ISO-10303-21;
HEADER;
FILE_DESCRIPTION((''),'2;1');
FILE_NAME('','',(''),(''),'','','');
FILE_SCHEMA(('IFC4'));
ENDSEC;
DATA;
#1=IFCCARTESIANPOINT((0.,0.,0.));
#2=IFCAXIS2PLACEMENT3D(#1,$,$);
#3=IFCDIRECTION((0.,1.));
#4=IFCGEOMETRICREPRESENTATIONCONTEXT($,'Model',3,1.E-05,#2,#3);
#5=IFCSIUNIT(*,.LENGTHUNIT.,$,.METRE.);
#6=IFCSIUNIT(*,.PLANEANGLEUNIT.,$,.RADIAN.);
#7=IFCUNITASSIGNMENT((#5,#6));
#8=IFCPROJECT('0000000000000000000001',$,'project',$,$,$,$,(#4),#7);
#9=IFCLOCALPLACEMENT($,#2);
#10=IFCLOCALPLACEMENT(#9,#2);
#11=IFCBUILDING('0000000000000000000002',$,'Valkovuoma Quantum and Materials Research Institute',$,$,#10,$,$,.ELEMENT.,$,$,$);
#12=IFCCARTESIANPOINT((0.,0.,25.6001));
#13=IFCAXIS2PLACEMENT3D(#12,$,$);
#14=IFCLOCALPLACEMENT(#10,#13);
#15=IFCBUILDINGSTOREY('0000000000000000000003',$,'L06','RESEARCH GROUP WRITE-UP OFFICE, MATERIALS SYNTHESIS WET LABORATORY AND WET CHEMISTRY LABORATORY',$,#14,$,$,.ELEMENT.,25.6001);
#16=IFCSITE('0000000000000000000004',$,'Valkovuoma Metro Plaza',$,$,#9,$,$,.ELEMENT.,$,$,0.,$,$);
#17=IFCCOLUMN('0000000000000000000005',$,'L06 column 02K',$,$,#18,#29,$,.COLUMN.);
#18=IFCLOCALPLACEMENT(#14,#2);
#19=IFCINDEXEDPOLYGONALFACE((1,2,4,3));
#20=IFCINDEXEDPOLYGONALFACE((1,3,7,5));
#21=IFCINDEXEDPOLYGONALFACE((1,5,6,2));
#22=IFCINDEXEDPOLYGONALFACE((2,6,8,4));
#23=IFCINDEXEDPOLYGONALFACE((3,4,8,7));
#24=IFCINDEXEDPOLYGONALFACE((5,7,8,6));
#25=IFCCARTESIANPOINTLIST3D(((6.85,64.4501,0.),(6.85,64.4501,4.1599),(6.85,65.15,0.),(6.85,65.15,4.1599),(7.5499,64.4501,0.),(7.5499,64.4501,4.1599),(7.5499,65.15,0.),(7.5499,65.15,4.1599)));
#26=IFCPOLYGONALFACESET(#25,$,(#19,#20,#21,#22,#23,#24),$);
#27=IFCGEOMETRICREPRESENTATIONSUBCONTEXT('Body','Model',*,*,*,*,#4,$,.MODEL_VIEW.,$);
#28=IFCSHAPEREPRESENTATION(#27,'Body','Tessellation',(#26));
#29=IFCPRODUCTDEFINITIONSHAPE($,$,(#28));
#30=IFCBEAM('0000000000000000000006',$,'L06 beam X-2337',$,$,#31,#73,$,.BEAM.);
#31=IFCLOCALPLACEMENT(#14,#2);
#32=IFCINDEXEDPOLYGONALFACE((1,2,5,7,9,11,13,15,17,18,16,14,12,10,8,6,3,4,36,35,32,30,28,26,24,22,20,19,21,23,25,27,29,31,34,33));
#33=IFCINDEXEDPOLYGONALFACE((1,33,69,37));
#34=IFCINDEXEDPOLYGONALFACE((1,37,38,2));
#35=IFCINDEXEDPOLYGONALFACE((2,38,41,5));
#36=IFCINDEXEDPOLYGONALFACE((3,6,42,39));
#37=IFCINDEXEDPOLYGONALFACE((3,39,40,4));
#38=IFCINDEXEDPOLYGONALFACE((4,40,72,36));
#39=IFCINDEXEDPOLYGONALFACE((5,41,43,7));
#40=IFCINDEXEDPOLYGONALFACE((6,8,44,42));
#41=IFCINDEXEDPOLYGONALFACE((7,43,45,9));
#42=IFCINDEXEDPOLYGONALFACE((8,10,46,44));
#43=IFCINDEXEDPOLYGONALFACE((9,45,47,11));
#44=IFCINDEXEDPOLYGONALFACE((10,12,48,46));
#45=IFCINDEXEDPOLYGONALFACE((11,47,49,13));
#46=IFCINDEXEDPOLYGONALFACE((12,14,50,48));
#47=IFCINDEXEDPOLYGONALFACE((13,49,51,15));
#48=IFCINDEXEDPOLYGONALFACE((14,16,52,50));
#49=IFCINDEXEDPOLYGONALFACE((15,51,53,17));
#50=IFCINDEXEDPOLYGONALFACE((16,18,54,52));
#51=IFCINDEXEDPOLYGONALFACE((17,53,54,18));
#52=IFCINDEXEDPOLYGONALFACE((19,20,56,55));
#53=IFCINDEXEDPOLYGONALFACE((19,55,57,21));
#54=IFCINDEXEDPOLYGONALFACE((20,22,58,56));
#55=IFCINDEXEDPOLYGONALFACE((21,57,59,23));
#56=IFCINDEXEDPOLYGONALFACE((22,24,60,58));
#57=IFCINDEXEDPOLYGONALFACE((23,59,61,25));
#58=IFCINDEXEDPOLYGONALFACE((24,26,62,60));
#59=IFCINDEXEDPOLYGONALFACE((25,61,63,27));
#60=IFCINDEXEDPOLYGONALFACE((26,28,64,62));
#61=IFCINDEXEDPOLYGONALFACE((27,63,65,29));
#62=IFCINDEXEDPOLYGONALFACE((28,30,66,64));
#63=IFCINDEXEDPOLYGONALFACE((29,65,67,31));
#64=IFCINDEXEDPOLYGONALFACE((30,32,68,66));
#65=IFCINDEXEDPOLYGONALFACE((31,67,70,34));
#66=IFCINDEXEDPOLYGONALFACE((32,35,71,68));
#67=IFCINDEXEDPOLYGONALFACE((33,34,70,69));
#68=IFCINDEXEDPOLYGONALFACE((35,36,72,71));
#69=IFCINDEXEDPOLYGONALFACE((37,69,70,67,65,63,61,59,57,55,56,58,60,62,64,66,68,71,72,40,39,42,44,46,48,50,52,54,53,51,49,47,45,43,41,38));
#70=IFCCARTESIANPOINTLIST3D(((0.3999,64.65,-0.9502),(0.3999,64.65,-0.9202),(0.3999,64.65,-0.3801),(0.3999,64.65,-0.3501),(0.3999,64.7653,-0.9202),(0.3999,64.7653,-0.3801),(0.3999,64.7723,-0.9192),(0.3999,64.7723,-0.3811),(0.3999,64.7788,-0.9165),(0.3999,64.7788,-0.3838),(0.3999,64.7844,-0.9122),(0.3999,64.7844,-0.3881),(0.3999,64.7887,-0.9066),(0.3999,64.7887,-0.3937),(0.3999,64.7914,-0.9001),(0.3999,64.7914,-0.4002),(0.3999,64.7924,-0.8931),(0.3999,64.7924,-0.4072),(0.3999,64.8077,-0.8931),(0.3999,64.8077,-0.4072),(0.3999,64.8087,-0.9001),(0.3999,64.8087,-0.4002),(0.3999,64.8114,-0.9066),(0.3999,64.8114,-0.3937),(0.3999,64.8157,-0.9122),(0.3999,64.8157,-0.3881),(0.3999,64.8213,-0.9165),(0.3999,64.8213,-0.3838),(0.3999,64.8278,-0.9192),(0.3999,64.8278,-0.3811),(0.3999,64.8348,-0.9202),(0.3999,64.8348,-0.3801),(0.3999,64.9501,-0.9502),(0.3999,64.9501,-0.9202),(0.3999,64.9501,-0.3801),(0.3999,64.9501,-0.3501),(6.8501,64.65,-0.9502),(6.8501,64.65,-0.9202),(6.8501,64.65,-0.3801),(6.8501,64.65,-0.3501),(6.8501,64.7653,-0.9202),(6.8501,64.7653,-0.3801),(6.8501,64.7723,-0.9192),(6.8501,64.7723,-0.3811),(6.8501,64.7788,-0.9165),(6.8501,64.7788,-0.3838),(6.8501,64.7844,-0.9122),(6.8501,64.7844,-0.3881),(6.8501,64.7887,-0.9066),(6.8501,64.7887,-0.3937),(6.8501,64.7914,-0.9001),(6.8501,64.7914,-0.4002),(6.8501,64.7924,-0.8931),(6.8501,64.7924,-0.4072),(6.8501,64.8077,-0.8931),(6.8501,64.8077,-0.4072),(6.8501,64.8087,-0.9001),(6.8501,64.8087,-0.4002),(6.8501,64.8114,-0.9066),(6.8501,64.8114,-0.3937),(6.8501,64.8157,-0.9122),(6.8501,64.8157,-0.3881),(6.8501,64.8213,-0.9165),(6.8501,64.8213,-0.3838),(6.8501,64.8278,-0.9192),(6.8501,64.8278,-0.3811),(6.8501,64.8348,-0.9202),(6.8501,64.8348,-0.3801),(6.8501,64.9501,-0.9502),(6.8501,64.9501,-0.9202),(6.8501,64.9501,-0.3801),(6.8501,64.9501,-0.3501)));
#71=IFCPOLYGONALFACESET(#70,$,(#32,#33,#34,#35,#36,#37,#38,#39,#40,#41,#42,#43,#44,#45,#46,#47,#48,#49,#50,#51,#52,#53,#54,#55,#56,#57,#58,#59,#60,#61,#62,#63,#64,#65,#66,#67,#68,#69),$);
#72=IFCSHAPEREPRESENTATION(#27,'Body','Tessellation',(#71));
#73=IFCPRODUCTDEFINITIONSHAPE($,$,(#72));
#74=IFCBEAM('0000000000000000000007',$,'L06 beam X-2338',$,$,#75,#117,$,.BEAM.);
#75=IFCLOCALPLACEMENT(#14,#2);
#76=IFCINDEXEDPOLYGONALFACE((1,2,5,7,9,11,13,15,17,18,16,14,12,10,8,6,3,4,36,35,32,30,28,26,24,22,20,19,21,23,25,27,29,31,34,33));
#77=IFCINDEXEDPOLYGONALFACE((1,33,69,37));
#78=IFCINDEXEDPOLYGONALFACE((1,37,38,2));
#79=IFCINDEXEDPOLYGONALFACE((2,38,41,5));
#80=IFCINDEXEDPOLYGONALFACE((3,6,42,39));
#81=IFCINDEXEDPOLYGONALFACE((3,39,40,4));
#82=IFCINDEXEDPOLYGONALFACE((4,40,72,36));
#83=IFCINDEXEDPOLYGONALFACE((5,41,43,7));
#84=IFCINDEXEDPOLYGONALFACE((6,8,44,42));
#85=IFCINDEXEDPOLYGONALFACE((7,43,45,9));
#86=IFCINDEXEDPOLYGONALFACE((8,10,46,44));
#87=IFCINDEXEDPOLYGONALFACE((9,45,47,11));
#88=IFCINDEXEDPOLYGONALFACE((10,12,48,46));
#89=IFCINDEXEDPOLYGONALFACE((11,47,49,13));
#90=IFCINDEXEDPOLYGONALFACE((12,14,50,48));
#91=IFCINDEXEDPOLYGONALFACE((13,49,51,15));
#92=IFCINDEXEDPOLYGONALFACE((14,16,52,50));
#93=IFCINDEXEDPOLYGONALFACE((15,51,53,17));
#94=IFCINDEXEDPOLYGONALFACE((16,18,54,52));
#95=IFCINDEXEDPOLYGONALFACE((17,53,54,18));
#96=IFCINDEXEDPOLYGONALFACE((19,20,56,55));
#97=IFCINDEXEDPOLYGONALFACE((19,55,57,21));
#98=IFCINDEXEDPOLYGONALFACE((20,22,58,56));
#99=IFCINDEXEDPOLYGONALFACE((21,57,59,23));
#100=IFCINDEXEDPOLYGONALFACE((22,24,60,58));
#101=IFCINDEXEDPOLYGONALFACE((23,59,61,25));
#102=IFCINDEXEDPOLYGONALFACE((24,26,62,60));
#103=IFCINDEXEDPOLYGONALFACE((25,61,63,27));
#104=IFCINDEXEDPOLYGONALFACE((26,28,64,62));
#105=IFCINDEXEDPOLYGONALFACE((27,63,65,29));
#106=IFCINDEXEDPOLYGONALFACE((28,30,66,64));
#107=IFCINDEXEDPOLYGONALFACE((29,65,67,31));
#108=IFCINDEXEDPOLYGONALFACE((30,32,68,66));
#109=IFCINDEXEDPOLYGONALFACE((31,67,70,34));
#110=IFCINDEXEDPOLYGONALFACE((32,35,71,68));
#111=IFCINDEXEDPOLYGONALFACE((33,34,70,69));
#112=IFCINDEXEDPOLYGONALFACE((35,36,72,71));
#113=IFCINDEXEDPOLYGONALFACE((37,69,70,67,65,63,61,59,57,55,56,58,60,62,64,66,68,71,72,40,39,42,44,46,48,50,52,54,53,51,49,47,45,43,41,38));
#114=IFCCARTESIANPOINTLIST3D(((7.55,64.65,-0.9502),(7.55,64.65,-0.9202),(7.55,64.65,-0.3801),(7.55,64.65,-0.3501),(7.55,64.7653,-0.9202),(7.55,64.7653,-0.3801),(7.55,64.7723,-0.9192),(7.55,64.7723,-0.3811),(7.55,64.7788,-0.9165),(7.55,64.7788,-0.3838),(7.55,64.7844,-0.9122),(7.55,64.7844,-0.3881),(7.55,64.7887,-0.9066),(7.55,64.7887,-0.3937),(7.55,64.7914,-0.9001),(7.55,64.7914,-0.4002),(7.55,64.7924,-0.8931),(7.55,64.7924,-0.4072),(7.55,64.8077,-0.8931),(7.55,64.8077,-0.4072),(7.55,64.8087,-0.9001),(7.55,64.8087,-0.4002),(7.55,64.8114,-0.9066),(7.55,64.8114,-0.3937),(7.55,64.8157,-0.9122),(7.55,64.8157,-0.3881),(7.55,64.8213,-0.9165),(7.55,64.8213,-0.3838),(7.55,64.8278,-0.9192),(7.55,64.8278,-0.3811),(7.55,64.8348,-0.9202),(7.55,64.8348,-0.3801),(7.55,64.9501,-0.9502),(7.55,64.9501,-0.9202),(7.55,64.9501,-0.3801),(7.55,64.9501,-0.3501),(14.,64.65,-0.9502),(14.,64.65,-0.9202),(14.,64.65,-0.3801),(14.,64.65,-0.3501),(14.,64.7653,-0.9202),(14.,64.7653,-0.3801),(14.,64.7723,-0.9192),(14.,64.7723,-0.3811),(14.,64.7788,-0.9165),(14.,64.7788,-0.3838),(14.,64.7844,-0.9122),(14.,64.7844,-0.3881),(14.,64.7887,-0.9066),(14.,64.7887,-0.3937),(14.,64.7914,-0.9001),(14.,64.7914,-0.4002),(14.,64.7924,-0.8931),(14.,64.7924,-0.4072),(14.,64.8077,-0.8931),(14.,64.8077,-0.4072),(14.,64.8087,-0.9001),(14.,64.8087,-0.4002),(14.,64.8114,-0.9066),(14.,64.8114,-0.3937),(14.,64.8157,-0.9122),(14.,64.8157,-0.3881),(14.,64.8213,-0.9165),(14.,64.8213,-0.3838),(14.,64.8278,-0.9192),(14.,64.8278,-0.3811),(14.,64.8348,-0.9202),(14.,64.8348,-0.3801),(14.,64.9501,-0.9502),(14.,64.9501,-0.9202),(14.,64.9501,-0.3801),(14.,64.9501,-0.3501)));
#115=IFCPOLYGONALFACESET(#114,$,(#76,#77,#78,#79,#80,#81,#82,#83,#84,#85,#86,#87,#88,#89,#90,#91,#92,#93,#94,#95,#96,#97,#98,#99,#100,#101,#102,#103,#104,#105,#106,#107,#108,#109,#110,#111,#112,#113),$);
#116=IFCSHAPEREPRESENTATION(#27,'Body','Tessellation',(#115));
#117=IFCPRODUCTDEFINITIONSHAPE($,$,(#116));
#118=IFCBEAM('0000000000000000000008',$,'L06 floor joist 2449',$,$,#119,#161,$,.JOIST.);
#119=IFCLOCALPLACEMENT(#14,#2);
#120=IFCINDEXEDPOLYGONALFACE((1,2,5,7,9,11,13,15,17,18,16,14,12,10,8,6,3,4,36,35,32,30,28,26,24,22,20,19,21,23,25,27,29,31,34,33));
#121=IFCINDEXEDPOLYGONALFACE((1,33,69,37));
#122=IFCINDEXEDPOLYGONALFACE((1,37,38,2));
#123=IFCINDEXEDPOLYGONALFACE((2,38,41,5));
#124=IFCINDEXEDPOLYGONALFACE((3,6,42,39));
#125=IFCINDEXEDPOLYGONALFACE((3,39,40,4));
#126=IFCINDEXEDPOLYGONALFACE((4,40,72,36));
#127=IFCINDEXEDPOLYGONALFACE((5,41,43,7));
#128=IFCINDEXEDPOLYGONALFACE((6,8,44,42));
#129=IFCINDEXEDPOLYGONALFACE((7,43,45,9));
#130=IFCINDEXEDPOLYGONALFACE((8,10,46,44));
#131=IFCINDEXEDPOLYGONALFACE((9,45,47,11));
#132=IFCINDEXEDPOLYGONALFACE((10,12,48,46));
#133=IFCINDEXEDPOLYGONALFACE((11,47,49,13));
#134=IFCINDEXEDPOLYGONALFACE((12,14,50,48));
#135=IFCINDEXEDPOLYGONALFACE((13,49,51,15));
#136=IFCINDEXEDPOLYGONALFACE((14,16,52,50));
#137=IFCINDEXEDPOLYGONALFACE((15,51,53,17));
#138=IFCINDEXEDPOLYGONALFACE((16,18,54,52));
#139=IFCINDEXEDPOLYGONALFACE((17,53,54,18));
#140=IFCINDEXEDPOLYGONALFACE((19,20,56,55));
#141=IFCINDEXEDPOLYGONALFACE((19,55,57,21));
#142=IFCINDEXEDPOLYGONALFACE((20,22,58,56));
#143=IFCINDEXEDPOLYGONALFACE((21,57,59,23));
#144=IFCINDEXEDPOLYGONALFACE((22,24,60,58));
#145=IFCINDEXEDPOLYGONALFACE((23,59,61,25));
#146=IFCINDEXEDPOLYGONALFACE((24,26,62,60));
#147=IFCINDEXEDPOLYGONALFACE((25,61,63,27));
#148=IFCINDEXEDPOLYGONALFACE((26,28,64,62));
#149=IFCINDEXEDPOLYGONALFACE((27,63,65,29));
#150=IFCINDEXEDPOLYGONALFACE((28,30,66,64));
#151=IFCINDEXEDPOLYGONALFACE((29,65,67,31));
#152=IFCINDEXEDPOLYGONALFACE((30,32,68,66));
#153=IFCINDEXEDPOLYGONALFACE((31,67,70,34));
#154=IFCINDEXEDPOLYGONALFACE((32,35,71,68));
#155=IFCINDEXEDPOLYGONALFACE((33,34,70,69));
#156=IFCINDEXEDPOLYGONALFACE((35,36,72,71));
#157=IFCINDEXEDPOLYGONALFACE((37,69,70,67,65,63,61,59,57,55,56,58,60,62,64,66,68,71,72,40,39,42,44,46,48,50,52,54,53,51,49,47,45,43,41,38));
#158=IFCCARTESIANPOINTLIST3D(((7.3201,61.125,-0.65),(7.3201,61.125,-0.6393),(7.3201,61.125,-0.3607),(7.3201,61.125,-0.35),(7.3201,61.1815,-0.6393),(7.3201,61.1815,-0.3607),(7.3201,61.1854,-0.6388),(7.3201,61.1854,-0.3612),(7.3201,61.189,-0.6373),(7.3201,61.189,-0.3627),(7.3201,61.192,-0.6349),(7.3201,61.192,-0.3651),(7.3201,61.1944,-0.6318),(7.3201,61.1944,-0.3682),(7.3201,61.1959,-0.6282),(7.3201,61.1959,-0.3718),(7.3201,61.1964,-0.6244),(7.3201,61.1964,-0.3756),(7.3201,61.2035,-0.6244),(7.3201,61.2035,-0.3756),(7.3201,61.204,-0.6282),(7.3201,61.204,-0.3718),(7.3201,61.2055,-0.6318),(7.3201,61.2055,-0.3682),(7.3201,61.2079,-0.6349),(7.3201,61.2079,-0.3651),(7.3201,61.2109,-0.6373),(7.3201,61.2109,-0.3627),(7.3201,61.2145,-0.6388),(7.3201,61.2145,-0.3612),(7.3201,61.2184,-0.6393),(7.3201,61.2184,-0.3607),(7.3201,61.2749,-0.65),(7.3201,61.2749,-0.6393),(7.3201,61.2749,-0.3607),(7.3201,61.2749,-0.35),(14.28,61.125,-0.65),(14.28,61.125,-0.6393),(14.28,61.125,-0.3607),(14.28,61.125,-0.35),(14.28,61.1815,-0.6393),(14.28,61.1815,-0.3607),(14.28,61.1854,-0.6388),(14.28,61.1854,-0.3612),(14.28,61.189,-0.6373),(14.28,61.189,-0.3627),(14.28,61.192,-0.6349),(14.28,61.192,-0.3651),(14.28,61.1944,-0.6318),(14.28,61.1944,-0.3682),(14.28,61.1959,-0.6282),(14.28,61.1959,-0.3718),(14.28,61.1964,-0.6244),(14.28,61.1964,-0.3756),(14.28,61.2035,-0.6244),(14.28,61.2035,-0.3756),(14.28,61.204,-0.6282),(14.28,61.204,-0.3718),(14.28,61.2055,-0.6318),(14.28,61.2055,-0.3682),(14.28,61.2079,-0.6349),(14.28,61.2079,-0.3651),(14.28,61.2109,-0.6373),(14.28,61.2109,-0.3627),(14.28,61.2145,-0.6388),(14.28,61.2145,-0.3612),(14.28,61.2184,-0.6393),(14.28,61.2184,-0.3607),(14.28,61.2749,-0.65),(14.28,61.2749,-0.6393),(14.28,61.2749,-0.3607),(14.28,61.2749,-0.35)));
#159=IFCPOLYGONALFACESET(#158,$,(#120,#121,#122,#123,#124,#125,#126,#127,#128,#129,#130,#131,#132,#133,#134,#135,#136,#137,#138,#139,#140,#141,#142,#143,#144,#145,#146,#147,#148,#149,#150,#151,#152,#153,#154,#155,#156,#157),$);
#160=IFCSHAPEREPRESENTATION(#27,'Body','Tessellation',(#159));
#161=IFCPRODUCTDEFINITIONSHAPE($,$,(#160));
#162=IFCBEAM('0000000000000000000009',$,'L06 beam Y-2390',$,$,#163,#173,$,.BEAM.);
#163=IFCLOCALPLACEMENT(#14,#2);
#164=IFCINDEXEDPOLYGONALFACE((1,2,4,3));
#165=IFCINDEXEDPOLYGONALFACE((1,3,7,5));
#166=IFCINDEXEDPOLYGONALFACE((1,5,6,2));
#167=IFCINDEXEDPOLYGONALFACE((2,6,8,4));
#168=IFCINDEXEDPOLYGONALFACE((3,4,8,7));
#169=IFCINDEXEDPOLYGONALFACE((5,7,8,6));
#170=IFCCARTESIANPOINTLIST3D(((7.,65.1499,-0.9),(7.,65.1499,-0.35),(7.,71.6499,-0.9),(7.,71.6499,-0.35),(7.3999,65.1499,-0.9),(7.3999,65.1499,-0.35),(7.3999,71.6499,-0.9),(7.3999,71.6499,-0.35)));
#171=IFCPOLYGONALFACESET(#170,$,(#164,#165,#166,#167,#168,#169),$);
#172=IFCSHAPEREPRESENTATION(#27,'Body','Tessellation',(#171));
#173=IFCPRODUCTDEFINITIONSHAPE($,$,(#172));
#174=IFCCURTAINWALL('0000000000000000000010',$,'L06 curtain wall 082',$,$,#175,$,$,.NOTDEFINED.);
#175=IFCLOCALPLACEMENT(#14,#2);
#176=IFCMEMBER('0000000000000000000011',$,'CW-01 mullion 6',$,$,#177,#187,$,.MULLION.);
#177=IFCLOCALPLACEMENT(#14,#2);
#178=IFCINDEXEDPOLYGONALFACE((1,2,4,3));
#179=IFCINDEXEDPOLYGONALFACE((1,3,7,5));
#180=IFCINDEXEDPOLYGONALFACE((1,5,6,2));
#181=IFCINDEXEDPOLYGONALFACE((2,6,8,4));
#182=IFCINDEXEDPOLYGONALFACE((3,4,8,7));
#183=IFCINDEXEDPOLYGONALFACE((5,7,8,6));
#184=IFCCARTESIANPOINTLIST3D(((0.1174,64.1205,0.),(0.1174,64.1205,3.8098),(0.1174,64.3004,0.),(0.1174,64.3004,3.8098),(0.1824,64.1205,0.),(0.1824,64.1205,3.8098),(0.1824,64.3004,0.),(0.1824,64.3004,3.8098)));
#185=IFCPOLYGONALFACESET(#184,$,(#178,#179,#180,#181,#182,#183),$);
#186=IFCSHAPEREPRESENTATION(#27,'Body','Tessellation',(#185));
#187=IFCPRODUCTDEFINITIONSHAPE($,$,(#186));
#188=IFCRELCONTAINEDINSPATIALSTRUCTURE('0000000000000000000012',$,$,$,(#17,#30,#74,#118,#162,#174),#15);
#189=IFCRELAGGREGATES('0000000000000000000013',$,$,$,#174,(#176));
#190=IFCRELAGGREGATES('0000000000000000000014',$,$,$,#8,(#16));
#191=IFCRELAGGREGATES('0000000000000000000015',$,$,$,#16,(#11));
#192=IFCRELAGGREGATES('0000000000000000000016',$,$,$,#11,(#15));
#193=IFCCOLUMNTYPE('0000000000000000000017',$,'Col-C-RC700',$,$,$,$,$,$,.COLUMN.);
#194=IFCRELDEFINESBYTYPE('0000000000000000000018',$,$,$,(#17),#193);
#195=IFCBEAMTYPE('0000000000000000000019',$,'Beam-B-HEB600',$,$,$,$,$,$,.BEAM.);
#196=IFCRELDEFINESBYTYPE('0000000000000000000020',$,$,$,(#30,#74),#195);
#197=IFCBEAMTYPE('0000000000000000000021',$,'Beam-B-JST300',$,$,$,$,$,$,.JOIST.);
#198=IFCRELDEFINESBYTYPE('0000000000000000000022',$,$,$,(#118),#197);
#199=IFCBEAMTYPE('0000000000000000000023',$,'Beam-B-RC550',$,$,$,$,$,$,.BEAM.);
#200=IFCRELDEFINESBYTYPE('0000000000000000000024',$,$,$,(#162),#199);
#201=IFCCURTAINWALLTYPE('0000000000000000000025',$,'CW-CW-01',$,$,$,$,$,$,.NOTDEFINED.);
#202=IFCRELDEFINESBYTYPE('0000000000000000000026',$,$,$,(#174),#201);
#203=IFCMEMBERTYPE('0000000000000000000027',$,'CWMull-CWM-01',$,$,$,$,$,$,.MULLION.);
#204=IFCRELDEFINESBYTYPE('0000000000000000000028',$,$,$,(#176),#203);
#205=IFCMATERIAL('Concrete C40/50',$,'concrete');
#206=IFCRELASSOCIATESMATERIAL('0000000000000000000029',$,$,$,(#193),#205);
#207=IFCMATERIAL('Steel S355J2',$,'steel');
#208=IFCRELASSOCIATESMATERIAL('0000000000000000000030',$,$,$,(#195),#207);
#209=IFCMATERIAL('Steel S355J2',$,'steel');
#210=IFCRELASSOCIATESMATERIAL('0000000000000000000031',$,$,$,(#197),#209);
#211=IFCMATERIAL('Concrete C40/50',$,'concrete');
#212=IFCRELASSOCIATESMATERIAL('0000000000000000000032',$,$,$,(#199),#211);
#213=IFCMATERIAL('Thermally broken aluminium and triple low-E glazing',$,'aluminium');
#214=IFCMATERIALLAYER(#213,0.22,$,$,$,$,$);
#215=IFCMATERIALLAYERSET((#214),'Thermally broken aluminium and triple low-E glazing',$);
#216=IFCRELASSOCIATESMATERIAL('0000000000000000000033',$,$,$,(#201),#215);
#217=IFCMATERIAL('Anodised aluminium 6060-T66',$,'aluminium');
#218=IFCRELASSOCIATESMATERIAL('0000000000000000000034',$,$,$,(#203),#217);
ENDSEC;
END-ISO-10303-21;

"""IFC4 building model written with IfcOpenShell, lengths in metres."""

from ifc_helpers import new_model, si_unit, direction, frame, origin, origin_2d, place, context, subcontext, project, spatial, rectangle, i_section, extrude, material, layer, layer_set, material_profile, profile_set, type_object, element, aggregate, save


model = new_model("IFC4")

# Units and contexts
model_context = context("Model", 3, precision=1e-05, world=origin(), true_north=direction((0.0, 1.0)))
body_context = subcontext(model_context, "Body", "Model", "MODEL_VIEW")
ifc_project = project(units=[si_unit("LENGTHUNIT", "METRE"), si_unit("PLANEANGLEUNIT", "RADIAN")], contexts=[model_context])

# Site, building, storey
site_placement = place(None, origin())
site = spatial("IfcSite", under=ifc_project, at=site_placement, Name="Valkovuoma Metro Plaza", CompositionType="ELEMENT", RefElevation=0.0)
building_placement = place(site_placement, origin())
building = spatial("IfcBuilding", under=site, at=building_placement, Name="Valkovuoma Quantum and Materials Research Institute", CompositionType="ELEMENT")
storey_placement = place(building_placement, frame((0.0, 0.0, 25.6001)))
storey = spatial("IfcBuildingStorey", under=building, at=storey_placement, Name="L06", Description="RESEARCH GROUP WRITE-UP OFFICE, MATERIALS SYNTHESIS WET LABORATORY AND WET CHEMISTRY LABORATORY", CompositionType="ELEMENT", Elevation=25.6001)

# Column
ifc_material_1 = material(Name="Concrete C40/50", Category="concrete")
ifc_material_profile_1 = material_profile(ifc_material_1, rectangle(XDim=0.7, YDim=0.7, at=origin_2d()), Name="Concrete C40/50")
ifc_profile_set_1 = profile_set([ifc_material_profile_1], Name="Concrete C40/50")
column_type = type_object("IfcColumnType", Name="Col-C-RC700", PredefinedType="COLUMN", material=ifc_profile_set_1)
column_placement = place(storey_placement, frame((7.2, 64.8, 0.0), z_axis=(0.0, 0.0, 1.0), x_axis=(1.0, 0.0, 0.0)))
element("IfcColumn", 1, at=column_placement, inside=storey, type_object=column_type, Name="L06 column 02K", PredefinedType="COLUMN", context=body_context, shape_type="SweptSolid", body=[
    extrude(rectangle(XDim=0.7, YDim=0.7, at=origin_2d()), origin(), (0.0, 0.0, 1.0), 4.1599),
])

# Beams
ifc_material_2 = material(Name="Steel S355J2", Category="steel")
ifc_material_profile_2 = material_profile(ifc_material_2, i_section(OverallWidth=0.3, OverallDepth=0.6001, WebThickness=0.0154, FlangeThickness=0.03, FilletRadius=0.0271, at=origin_2d()), Name="Steel S355J2")
ifc_profile_set_2 = profile_set([ifc_material_profile_2], Name="Steel S355J2")
beam_type_1 = type_object("IfcBeamType", Name="Beam-B-HEB600", PredefinedType="BEAM", material=ifc_profile_set_2)
beam_1_placement = place(storey_placement, frame((0.3999, 64.8, -0.6501), z_axis=(1.0, 0.0, 0.0), x_axis=(0.0, 1.0, 0.0)))
element("IfcBeam", 2, at=beam_1_placement, inside=storey, type_object=beam_type_1, Name="L06 beam X-2337", PredefinedType="BEAM", context=body_context, shape_type="SweptSolid", body=[
    extrude(i_section(OverallWidth=0.3, OverallDepth=0.6001, WebThickness=0.0154, FlangeThickness=0.03, FilletRadius=0.0271, at=origin_2d()), origin(), (0.0, 0.0, 1.0), 6.4502),
])
beam_2_placement = place(storey_placement, frame((7.55, 64.8, -0.6501), z_axis=(1.0, 0.0, 0.0), x_axis=(0.0, 1.0, 0.0)))
element("IfcBeam", 3, at=beam_2_placement, inside=storey, type_object=beam_type_1, Name="L06 beam X-2338", PredefinedType="BEAM", context=body_context, shape_type="SweptSolid", body=[
    extrude(i_section(OverallWidth=0.3, OverallDepth=0.6001, WebThickness=0.0154, FlangeThickness=0.03, FilletRadius=0.0271, at=origin_2d()), origin(), (0.0, 0.0, 1.0), 6.45),
])
ifc_material_3 = material(Name="Steel S355J2", Category="steel")
ifc_material_profile_3 = material_profile(ifc_material_3, i_section(OverallWidth=0.1499, OverallDepth=0.3, WebThickness=0.0071, FlangeThickness=0.0107, FilletRadius=0.0149, at=origin_2d()), Name="Steel S355J2")
ifc_profile_set_3 = profile_set([ifc_material_profile_3], Name="Steel S355J2")
beam_type_2 = type_object("IfcBeamType", Name="Beam-B-JST300", PredefinedType="JOIST", material=ifc_profile_set_3)
beam_3_placement = place(storey_placement, frame((7.3201, 61.2, -0.5), z_axis=(1.0, 0.0, 0.0), x_axis=(0.0, 1.0, 0.0)))
element("IfcBeam", 4, at=beam_3_placement, inside=storey, type_object=beam_type_2, Name="L06 floor joist 2449", PredefinedType="JOIST", context=body_context, shape_type="SweptSolid", body=[
    extrude(i_section(OverallWidth=0.1499, OverallDepth=0.3, WebThickness=0.0071, FlangeThickness=0.0107, FilletRadius=0.0149, at=origin_2d()), origin(), (0.0, 0.0, 1.0), 6.96),
])
ifc_material_4 = material(Name="Concrete C40/50", Category="concrete")
ifc_material_profile_4 = material_profile(ifc_material_4, rectangle(XDim=0.3999, YDim=0.55, at=origin_2d()), Name="Concrete C40/50")
ifc_profile_set_4 = profile_set([ifc_material_profile_4], Name="Concrete C40/50")
beam_type_3 = type_object("IfcBeamType", Name="Beam-B-RC550", PredefinedType="BEAM", material=ifc_profile_set_4)
beam_4_placement = place(storey_placement, frame((7.2, 65.1499, -0.625), z_axis=(0.0, 1.0, 0.0), x_axis=(-1.0, 0.0, 0.0)))
element("IfcBeam", 5, at=beam_4_placement, inside=storey, type_object=beam_type_3, Name="L06 beam Y-2390", PredefinedType="BEAM", context=body_context, shape_type="SweptSolid", body=[
    extrude(rectangle(XDim=0.3999, YDim=0.55, at=origin_2d()), origin(), (0.0, 0.0, 1.0), 6.5),
])

# Curtain wall, member
ifc_material_5 = material(Name="Thermally broken aluminium and triple low-E glazing", Category="aluminium")
ifc_layer_1 = layer(ifc_material_5, 0.22)
ifc_layer_set_1 = layer_set([ifc_layer_1], Name="Thermally broken aluminium and triple low-E glazing")
curtain_wall_type = type_object("IfcCurtainWallType", Name="CW-CW-01", PredefinedType="NOTDEFINED", material=ifc_layer_set_1)
curtain_wall_1_placement = place(storey_placement, origin())
curtain_wall_1 = element("IfcCurtainWall", 6, at=curtain_wall_1_placement, inside=storey, type_object=curtain_wall_type, Name="L06 curtain wall 082", PredefinedType="NOTDEFINED")
ifc_material_6 = material(Name="Anodised aluminium 6060-T66", Category="aluminium")
ifc_material_profile_5 = material_profile(ifc_material_6, rectangle(XDim=0.0649, YDim=0.1799, at=origin_2d()), Name="Anodised aluminium 6060-T66")
ifc_profile_set_5 = profile_set([ifc_material_profile_5], Name="Anodised aluminium 6060-T66")
member_type_1 = type_object("IfcMemberType", Name="CWMull-CWM-01", PredefinedType="MULLION", material=ifc_profile_set_5)
member_1_placement = place(storey_placement, frame((0.1499, 64.2104, 0.0), z_axis=(0.0, 0.0, 1.0), x_axis=(-1.0, 0.0, 0.0)))
member_1 = element("IfcMember", 7, at=member_1_placement, type_object=member_type_1, Name="CW-01 mullion 6", PredefinedType="MULLION", context=body_context, shape_type="SweptSolid", body=[
    extrude(rectangle(XDim=0.0649, YDim=0.1799, at=origin_2d()), origin(), (0.0, 0.0, 1.0), 3.8098),
])

aggregate(curtain_wall_1, [member_1])

save(model, "model.ifc")
